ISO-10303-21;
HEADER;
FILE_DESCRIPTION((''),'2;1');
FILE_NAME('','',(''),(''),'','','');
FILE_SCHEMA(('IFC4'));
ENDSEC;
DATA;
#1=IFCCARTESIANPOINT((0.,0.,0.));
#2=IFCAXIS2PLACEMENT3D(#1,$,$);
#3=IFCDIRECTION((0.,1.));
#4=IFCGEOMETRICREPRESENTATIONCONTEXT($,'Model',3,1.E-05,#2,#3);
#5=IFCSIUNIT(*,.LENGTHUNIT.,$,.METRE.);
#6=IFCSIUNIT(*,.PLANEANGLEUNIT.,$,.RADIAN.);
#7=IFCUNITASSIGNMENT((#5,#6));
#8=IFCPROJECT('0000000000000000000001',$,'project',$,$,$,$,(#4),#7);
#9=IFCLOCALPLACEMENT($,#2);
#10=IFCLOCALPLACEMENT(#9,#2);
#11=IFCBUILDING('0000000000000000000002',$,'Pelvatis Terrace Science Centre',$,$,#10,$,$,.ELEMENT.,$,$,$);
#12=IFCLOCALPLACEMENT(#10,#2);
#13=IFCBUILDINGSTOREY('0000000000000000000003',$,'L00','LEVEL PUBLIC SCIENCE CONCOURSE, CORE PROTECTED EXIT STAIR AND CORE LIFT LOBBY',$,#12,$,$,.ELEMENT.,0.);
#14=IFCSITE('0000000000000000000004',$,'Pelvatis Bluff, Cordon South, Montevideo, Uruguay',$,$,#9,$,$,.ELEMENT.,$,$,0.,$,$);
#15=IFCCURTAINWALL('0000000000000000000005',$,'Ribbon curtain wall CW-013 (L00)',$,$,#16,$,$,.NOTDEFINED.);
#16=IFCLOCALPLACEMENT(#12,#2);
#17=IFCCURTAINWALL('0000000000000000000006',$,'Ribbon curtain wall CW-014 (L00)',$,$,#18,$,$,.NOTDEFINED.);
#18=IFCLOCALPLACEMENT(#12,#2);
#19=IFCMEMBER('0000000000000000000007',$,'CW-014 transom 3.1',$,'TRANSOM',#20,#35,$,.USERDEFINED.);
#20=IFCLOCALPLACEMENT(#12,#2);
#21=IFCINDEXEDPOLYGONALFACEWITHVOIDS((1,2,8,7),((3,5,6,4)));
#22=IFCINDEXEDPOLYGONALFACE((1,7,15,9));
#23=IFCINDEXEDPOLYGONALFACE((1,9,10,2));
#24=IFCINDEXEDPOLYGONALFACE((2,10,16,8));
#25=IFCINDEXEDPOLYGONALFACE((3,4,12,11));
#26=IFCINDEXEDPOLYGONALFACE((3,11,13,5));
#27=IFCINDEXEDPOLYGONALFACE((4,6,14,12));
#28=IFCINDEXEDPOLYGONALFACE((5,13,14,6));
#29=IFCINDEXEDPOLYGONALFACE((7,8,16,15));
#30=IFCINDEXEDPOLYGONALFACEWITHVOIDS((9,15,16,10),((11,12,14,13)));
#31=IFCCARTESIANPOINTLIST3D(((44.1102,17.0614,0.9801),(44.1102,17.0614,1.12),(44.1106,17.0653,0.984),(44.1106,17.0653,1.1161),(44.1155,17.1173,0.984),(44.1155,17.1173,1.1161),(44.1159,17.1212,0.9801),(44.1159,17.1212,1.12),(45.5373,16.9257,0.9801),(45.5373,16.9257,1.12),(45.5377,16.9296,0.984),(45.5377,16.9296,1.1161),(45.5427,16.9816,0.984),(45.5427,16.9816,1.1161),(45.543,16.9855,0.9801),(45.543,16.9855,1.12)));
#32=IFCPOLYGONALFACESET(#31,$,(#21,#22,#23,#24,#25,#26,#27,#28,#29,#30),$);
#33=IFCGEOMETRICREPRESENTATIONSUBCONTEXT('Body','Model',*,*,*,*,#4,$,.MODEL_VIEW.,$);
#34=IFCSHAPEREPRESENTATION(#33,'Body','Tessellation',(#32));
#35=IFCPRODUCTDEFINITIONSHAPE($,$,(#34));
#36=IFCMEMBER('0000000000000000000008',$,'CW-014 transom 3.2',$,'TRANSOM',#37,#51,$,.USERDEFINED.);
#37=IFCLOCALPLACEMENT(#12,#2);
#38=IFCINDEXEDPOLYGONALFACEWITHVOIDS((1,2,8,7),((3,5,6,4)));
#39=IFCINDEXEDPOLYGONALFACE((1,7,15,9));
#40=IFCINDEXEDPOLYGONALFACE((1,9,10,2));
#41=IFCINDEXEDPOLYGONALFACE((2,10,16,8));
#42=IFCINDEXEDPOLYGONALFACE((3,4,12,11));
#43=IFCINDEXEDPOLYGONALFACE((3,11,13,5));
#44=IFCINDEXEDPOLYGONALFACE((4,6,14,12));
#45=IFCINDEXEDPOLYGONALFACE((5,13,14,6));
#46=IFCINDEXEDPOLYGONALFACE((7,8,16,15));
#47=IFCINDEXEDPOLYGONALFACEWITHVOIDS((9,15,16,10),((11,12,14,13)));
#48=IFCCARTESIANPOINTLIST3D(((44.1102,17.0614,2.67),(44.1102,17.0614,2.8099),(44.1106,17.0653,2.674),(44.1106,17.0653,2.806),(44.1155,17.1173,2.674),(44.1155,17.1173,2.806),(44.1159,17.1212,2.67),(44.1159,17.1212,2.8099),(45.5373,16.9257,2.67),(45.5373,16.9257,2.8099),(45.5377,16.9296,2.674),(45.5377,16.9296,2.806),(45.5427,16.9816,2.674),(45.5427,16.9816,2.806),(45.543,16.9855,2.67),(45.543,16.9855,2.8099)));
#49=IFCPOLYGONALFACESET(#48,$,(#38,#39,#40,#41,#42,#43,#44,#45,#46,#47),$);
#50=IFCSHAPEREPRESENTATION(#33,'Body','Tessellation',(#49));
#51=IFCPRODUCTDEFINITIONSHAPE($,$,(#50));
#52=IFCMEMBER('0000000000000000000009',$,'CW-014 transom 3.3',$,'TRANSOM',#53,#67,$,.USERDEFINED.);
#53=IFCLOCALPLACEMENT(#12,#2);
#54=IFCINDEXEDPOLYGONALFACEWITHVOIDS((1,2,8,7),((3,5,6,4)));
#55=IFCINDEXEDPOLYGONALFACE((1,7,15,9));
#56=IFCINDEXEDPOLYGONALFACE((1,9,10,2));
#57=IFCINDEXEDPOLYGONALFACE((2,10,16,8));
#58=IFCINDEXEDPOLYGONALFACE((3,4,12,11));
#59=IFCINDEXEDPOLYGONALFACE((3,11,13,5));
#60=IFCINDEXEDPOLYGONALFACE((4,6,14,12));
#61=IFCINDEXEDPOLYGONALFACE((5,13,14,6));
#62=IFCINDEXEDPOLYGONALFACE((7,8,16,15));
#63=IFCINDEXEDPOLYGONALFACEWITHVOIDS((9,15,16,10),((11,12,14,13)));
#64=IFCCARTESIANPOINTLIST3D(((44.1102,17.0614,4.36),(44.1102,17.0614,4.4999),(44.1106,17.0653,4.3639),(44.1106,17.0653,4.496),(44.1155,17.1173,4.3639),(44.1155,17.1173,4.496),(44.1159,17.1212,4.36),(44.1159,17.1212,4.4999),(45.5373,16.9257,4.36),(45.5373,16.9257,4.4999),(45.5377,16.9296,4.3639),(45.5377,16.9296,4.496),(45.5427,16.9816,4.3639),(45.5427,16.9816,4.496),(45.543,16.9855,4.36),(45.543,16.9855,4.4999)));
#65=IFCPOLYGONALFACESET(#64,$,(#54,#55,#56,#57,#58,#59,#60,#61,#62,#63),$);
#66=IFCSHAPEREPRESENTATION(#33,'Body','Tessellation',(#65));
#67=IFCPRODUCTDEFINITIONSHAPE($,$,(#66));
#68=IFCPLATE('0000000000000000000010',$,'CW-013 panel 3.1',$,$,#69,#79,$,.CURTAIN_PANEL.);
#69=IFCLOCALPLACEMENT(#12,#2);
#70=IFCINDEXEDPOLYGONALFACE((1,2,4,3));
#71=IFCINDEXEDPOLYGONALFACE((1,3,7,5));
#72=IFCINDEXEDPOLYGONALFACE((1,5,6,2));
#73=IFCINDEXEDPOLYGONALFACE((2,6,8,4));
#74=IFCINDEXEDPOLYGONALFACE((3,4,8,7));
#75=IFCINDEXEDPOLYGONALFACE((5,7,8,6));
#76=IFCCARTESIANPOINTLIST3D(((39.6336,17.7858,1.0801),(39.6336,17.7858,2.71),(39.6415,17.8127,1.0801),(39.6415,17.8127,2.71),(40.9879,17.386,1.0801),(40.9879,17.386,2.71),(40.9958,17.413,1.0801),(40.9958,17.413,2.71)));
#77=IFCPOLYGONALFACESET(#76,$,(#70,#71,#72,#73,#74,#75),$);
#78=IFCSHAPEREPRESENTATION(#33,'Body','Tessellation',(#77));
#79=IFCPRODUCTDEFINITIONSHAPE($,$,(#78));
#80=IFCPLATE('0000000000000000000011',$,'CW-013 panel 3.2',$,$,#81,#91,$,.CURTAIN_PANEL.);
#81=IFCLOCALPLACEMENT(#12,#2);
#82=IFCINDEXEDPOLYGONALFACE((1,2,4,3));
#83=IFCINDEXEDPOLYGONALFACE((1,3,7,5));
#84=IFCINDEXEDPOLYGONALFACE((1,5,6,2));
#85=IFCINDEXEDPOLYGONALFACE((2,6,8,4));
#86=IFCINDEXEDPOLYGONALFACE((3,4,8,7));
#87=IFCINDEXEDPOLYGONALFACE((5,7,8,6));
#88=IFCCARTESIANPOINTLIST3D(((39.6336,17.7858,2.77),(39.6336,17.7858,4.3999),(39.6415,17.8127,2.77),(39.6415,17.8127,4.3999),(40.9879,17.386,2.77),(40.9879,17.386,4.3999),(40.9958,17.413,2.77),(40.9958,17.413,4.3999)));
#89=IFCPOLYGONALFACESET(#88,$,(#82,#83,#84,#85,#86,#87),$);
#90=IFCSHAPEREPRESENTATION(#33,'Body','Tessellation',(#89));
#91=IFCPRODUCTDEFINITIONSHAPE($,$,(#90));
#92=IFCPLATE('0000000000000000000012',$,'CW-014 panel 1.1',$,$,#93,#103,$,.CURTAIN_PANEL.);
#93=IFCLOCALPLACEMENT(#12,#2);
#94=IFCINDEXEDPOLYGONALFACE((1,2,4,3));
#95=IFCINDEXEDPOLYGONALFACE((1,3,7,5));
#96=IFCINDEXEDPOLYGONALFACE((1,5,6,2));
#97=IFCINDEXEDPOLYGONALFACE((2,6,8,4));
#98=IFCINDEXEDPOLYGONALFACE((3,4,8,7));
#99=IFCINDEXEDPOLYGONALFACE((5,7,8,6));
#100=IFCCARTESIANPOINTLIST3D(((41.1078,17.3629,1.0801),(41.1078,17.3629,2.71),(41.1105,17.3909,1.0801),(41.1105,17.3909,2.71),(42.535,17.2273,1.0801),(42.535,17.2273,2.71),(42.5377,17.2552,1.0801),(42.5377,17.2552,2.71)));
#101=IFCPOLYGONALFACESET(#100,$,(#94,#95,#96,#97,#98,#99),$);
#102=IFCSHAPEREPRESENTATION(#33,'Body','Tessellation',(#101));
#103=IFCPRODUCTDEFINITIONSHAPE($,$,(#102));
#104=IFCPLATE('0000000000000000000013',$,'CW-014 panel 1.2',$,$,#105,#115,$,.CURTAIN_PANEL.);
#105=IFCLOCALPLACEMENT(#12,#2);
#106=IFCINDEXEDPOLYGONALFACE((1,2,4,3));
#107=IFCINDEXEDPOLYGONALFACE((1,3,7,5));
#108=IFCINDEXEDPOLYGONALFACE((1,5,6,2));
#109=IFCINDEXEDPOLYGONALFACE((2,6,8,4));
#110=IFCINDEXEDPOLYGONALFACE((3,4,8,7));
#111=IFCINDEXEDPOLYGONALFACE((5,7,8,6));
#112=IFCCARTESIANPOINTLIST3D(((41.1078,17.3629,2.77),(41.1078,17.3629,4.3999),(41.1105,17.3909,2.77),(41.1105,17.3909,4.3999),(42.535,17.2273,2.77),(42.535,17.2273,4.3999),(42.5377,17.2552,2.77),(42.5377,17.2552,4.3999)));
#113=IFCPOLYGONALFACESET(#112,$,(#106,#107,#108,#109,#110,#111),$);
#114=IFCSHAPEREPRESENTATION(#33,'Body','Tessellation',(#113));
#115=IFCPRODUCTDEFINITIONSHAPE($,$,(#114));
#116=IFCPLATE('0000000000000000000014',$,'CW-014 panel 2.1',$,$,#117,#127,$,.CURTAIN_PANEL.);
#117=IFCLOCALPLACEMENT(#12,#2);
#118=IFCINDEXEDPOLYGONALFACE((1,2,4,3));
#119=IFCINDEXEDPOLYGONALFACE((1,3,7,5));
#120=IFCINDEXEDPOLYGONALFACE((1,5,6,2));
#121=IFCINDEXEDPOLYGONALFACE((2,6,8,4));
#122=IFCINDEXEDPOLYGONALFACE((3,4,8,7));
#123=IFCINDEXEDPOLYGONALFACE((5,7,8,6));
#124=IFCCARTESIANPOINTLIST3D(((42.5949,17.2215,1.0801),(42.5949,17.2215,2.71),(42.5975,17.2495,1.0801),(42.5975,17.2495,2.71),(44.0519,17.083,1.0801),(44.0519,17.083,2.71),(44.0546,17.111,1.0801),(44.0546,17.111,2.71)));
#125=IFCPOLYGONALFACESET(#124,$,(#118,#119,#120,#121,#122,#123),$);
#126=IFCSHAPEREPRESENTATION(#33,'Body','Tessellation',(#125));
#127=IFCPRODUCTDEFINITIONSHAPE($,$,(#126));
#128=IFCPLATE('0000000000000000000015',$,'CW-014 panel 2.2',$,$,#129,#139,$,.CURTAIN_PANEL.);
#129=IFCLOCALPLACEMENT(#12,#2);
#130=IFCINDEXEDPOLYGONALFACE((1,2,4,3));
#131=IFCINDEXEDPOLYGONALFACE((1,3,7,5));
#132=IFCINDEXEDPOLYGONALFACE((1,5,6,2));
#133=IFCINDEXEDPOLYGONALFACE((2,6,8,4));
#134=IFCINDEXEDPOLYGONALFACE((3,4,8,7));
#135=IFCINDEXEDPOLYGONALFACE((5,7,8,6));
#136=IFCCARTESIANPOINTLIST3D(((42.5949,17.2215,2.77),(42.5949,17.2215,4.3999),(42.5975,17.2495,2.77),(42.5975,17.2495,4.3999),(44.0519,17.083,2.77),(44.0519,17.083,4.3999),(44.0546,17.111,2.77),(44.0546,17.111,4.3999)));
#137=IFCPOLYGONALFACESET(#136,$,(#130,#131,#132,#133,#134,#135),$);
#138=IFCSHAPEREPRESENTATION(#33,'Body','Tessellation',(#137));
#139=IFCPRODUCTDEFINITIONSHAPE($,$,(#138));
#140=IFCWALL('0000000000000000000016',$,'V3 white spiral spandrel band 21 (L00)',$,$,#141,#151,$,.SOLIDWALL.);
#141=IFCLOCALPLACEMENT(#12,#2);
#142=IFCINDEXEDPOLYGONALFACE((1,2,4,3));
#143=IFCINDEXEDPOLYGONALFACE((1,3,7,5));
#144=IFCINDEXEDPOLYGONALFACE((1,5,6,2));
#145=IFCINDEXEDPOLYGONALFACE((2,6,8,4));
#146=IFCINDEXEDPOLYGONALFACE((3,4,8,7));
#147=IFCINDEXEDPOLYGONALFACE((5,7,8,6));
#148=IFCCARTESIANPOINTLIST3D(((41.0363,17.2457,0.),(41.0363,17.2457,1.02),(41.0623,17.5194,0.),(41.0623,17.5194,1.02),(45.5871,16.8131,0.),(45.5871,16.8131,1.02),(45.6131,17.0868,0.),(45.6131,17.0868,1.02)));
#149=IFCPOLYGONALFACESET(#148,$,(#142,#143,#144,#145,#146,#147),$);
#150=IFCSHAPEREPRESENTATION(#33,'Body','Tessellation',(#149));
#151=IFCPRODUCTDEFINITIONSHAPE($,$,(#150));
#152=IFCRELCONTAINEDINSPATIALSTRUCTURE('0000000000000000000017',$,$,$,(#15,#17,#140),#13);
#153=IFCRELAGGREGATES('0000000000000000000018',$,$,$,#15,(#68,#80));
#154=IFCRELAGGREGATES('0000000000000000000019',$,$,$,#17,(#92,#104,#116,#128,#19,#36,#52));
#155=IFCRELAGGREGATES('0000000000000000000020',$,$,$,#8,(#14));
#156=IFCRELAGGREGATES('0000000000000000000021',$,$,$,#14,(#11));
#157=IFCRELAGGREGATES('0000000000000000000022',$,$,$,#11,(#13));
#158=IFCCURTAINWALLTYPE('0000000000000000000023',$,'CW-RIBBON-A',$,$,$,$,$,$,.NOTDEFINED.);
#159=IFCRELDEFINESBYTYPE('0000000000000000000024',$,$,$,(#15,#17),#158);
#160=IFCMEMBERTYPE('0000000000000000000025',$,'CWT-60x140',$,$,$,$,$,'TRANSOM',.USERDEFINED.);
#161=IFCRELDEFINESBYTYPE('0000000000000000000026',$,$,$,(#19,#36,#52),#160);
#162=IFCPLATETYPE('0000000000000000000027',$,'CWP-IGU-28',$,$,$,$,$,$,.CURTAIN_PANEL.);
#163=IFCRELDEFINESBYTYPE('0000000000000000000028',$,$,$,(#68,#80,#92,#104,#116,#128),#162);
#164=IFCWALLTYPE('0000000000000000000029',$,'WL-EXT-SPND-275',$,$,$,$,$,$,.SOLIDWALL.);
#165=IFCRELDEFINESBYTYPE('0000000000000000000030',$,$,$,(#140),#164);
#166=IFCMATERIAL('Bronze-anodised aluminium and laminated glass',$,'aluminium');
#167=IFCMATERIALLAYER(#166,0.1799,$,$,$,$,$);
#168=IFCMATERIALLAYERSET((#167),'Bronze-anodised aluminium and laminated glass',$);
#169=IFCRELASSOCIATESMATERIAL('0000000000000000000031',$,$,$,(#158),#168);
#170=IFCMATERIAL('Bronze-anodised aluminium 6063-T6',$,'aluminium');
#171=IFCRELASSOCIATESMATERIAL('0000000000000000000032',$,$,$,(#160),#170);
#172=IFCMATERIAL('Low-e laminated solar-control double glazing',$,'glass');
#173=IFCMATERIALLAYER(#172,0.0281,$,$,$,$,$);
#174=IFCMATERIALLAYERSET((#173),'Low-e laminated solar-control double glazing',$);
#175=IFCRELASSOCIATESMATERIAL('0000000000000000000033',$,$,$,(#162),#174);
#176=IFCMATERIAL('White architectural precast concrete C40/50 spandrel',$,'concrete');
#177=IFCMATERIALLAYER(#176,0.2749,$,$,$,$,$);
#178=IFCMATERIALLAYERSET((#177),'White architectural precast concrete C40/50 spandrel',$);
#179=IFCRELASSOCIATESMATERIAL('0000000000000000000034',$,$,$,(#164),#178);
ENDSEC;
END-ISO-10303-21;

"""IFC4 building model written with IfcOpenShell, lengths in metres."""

from ifc_helpers import new_model, si_unit, direction, frame, frame_2d, origin, origin_2d, place, context, subcontext, project, spatial, rectangle, hollow_rectangle, extrude, material, layer, layer_set, material_profile, profile_set, type_object, element, aggregate, save


model = new_model("IFC4")

# Units and contexts
model_context = context("Model", 3, precision=1e-05, world=origin(), true_north=direction((0.0, 1.0)))
body_context = subcontext(model_context, "Body", "Model", "MODEL_VIEW")
ifc_project = project(units=[si_unit("LENGTHUNIT", "METRE"), si_unit("PLANEANGLEUNIT", "RADIAN")], contexts=[model_context])

# Site, building, storey
site_placement = place(None, origin())
site = spatial("IfcSite", under=ifc_project, at=site_placement, Name="Pelvatis Bluff, Cordon South, Montevideo, Uruguay", CompositionType="ELEMENT", RefElevation=0.0)
building_placement = place(site_placement, origin())
building = spatial("IfcBuilding", under=site, at=building_placement, Name="Pelvatis Terrace Science Centre", CompositionType="ELEMENT")
storey_placement = place(building_placement, origin())
storey = spatial("IfcBuildingStorey", under=building, at=storey_placement, Name="L00", Description="LEVEL PUBLIC SCIENCE CONCOURSE, CORE PROTECTED EXIT STAIR AND CORE LIFT LOBBY", CompositionType="ELEMENT", Elevation=0.0)

# Curtain wall
ifc_material_1 = material(Name="Bronze-anodised aluminium and laminated glass", Category="aluminium")
ifc_layer_1 = layer(ifc_material_1, 0.1799)
ifc_layer_set_1 = layer_set([ifc_layer_1], Name="Bronze-anodised aluminium and laminated glass")
curtain_wall_type = type_object("IfcCurtainWallType", Name="CW-RIBBON-A", PredefinedType="NOTDEFINED", material=ifc_layer_set_1)
curtain_wall_1_placement = place(storey_placement, origin())
curtain_wall_1 = element("IfcCurtainWall", 1, at=curtain_wall_1_placement, inside=storey, type_object=curtain_wall_type, Name="Ribbon curtain wall CW-013 (L00)", PredefinedType="NOTDEFINED")

# Curtain wall
curtain_wall_2_placement = place(storey_placement, origin())
curtain_wall_2 = element("IfcCurtainWall", 2, at=curtain_wall_2_placement, inside=storey, type_object=curtain_wall_type, Name="Ribbon curtain wall CW-014 (L00)", PredefinedType="NOTDEFINED")

# Members
ifc_material_2 = material(Name="Bronze-anodised aluminium 6063-T6", Category="aluminium")
ifc_material_profile_1 = material_profile(ifc_material_2, hollow_rectangle(XDim=0.0601, YDim=0.1399, WallThickness=0.0039, at=origin_2d()), Name="ALU-TRN 60x140")
ifc_profile_set_1 = profile_set([ifc_material_profile_1], Name="Bronze-anodised aluminium 6063-T6")
member_type_1 = type_object("IfcMemberType", Name="CWT-60x140", ElementType="TRANSOM", PredefinedType="USERDEFINED", material=ifc_profile_set_1)
member_1_placement = place(storey_placement, frame((44.113, 17.0913, 1.05), z_axis=(0.995508, -0.094681, 0.0), x_axis=(0.094681, 0.995508, 0.0)))
member_1 = element("IfcMember", 3, at=member_1_placement, type_object=member_type_1, Name="CW-014 transom 3.1", ObjectType="TRANSOM", PredefinedType="USERDEFINED", context=body_context, shape_type="SweptSolid", body=[
    extrude(hollow_rectangle(XDim=0.0601, YDim=0.1399, WallThickness=0.0039, at=origin_2d()), origin(), (0.0, 0.0, 1.0), 1.4336),
])
member_2_placement = place(storey_placement, frame((44.113, 17.0913, 2.74), z_axis=(0.995508, -0.094681, 0.0), x_axis=(0.094681, 0.995508, 0.0)))
member_2 = element("IfcMember", 4, at=member_2_placement, type_object=member_type_1, Name="CW-014 transom 3.2", ObjectType="TRANSOM", PredefinedType="USERDEFINED", context=body_context, shape_type="SweptSolid", body=[
    extrude(hollow_rectangle(XDim=0.0601, YDim=0.1399, WallThickness=0.0039, at=origin_2d()), origin(), (0.0, 0.0, 1.0), 1.4336),
])
member_3_placement = place(storey_placement, frame((44.113, 17.0913, 4.4299), z_axis=(0.995508, -0.094681, 0.0), x_axis=(0.094681, 0.995508, 0.0)))
member_3 = element("IfcMember", 5, at=member_3_placement, type_object=member_type_1, Name="CW-014 transom 3.3", ObjectType="TRANSOM", PredefinedType="USERDEFINED", context=body_context, shape_type="SweptSolid", body=[
    extrude(hollow_rectangle(XDim=0.0601, YDim=0.1399, WallThickness=0.0039, at=origin_2d()), origin(), (0.0, 0.0, 1.0), 1.4336),
])

# Plates
ifc_material_3 = material(Name="Low-e laminated solar-control double glazing", Category="glass")
ifc_layer_2 = layer(ifc_material_3, 0.0281)
ifc_layer_set_2 = layer_set([ifc_layer_2], Name="Low-e laminated solar-control double glazing")
plate_type = type_object("IfcPlateType", Name="CWP-IGU-28", PredefinedType="CURTAIN_PANEL", material=ifc_layer_set_2)
plate_1_placement = place(storey_placement, frame((40.3147, 17.5994, 1.0801), z_axis=(0.0, 0.0, 1.0), x_axis=(0.959093, -0.283092, 0.0)))
plate_1 = element("IfcPlate", 6, at=plate_1_placement, type_object=plate_type, Name="CW-013 panel 3.1", PredefinedType="CURTAIN_PANEL", context=body_context, shape_type="SweptSolid", body=[
    extrude(rectangle(XDim=1.4121, YDim=0.0281, at=origin_2d()), origin(), (0.0, 0.0, 1.0), 1.6299),
])
plate_2_placement = place(storey_placement, frame((40.3147, 17.5994, 2.77), z_axis=(0.0, 0.0, 1.0), x_axis=(0.959093, -0.283092, 0.0)))
plate_2 = element("IfcPlate", 7, at=plate_2_placement, type_object=plate_type, Name="CW-013 panel 3.2", PredefinedType="CURTAIN_PANEL", context=body_context, shape_type="SweptSolid", body=[
    extrude(rectangle(XDim=1.4121, YDim=0.0281, at=origin_2d()), origin(), (0.0, 0.0, 1.0), 1.6299),
])
aggregate(curtain_wall_1, [plate_1, plate_2])
plate_3_placement = place(storey_placement, frame((41.8228, 17.3091, 1.0801), z_axis=(0.0, 0.0, 1.0), x_axis=(0.995514, -0.094616, 0.0)))
plate_3 = element("IfcPlate", 8, at=plate_3_placement, type_object=plate_type, Name="CW-014 panel 1.1", PredefinedType="CURTAIN_PANEL", context=body_context, shape_type="SweptSolid", body=[
    extrude(rectangle(XDim=1.4336, YDim=0.0281, at=origin_2d()), origin(), (0.0, 0.0, 1.0), 1.6299),
])
plate_4_placement = place(storey_placement, frame((41.8228, 17.3091, 2.77), z_axis=(0.0, 0.0, 1.0), x_axis=(0.995514, -0.094616, 0.0)))
plate_4 = element("IfcPlate", 9, at=plate_4_placement, type_object=plate_type, Name="CW-014 panel 1.2", PredefinedType="CURTAIN_PANEL", context=body_context, shape_type="SweptSolid", body=[
    extrude(rectangle(XDim=1.4336, YDim=0.0281, at=origin_2d()), origin(), (0.0, 0.0, 1.0), 1.6299),
])
plate_5_placement = place(storey_placement, frame((43.3247, 17.1663, 1.0801), z_axis=(0.0, 0.0, 1.0), x_axis=(0.995514, -0.094616, 0.0)))
plate_5 = element("IfcPlate", 10, at=plate_5_placement, type_object=plate_type, Name="CW-014 panel 2.1", PredefinedType="CURTAIN_PANEL", context=body_context, shape_type="SweptSolid", body=[
    extrude(rectangle(XDim=1.4636, YDim=0.0281, at=origin_2d()), origin(), (0.0, 0.0, 1.0), 1.6299),
])
plate_6_placement = place(storey_placement, frame((43.3247, 17.1663, 2.77), z_axis=(0.0, 0.0, 1.0), x_axis=(0.995514, -0.094616, 0.0)))
plate_6 = element("IfcPlate", 11, at=plate_6_placement, type_object=plate_type, Name="CW-014 panel 2.2", PredefinedType="CURTAIN_PANEL", context=body_context, shape_type="SweptSolid", body=[
    extrude(rectangle(XDim=1.4636, YDim=0.0281, at=origin_2d()), origin(), (0.0, 0.0, 1.0), 1.6299),
])
aggregate(curtain_wall_2, [plate_3, plate_4, plate_5, plate_6, member_1, member_2, member_3])

# Wall
ifc_material_4 = material(Name="White architectural precast concrete C40/50 spandrel", Category="concrete")
ifc_layer_3 = layer(ifc_material_4, 0.2749)
ifc_layer_set_3 = layer_set([ifc_layer_3], Name="White architectural precast concrete C40/50 spandrel")
wall_type = type_object("IfcWallType", Name="WL-EXT-SPND-275", PredefinedType="SOLIDWALL", material=ifc_layer_set_3)
wall_placement = place(storey_placement, frame((41.0493, 17.3826, 0.0), z_axis=(0.0, 0.0, 1.0), x_axis=(0.995512, -0.094638, 0.0)))
element("IfcWall", 12, at=wall_placement, inside=storey, type_object=wall_type, Name="V3 white spiral spandrel band 21 (L00)", PredefinedType="SOLIDWALL", context=body_context, shape_type="SweptSolid", body=[
    extrude(rectangle(XDim=4.5713, YDim=0.2749, at=frame_2d((2.2856, 0.0))), origin(), (0.0, 0.0, 1.0), 1.02),
])

save(model, "model.ifc")
